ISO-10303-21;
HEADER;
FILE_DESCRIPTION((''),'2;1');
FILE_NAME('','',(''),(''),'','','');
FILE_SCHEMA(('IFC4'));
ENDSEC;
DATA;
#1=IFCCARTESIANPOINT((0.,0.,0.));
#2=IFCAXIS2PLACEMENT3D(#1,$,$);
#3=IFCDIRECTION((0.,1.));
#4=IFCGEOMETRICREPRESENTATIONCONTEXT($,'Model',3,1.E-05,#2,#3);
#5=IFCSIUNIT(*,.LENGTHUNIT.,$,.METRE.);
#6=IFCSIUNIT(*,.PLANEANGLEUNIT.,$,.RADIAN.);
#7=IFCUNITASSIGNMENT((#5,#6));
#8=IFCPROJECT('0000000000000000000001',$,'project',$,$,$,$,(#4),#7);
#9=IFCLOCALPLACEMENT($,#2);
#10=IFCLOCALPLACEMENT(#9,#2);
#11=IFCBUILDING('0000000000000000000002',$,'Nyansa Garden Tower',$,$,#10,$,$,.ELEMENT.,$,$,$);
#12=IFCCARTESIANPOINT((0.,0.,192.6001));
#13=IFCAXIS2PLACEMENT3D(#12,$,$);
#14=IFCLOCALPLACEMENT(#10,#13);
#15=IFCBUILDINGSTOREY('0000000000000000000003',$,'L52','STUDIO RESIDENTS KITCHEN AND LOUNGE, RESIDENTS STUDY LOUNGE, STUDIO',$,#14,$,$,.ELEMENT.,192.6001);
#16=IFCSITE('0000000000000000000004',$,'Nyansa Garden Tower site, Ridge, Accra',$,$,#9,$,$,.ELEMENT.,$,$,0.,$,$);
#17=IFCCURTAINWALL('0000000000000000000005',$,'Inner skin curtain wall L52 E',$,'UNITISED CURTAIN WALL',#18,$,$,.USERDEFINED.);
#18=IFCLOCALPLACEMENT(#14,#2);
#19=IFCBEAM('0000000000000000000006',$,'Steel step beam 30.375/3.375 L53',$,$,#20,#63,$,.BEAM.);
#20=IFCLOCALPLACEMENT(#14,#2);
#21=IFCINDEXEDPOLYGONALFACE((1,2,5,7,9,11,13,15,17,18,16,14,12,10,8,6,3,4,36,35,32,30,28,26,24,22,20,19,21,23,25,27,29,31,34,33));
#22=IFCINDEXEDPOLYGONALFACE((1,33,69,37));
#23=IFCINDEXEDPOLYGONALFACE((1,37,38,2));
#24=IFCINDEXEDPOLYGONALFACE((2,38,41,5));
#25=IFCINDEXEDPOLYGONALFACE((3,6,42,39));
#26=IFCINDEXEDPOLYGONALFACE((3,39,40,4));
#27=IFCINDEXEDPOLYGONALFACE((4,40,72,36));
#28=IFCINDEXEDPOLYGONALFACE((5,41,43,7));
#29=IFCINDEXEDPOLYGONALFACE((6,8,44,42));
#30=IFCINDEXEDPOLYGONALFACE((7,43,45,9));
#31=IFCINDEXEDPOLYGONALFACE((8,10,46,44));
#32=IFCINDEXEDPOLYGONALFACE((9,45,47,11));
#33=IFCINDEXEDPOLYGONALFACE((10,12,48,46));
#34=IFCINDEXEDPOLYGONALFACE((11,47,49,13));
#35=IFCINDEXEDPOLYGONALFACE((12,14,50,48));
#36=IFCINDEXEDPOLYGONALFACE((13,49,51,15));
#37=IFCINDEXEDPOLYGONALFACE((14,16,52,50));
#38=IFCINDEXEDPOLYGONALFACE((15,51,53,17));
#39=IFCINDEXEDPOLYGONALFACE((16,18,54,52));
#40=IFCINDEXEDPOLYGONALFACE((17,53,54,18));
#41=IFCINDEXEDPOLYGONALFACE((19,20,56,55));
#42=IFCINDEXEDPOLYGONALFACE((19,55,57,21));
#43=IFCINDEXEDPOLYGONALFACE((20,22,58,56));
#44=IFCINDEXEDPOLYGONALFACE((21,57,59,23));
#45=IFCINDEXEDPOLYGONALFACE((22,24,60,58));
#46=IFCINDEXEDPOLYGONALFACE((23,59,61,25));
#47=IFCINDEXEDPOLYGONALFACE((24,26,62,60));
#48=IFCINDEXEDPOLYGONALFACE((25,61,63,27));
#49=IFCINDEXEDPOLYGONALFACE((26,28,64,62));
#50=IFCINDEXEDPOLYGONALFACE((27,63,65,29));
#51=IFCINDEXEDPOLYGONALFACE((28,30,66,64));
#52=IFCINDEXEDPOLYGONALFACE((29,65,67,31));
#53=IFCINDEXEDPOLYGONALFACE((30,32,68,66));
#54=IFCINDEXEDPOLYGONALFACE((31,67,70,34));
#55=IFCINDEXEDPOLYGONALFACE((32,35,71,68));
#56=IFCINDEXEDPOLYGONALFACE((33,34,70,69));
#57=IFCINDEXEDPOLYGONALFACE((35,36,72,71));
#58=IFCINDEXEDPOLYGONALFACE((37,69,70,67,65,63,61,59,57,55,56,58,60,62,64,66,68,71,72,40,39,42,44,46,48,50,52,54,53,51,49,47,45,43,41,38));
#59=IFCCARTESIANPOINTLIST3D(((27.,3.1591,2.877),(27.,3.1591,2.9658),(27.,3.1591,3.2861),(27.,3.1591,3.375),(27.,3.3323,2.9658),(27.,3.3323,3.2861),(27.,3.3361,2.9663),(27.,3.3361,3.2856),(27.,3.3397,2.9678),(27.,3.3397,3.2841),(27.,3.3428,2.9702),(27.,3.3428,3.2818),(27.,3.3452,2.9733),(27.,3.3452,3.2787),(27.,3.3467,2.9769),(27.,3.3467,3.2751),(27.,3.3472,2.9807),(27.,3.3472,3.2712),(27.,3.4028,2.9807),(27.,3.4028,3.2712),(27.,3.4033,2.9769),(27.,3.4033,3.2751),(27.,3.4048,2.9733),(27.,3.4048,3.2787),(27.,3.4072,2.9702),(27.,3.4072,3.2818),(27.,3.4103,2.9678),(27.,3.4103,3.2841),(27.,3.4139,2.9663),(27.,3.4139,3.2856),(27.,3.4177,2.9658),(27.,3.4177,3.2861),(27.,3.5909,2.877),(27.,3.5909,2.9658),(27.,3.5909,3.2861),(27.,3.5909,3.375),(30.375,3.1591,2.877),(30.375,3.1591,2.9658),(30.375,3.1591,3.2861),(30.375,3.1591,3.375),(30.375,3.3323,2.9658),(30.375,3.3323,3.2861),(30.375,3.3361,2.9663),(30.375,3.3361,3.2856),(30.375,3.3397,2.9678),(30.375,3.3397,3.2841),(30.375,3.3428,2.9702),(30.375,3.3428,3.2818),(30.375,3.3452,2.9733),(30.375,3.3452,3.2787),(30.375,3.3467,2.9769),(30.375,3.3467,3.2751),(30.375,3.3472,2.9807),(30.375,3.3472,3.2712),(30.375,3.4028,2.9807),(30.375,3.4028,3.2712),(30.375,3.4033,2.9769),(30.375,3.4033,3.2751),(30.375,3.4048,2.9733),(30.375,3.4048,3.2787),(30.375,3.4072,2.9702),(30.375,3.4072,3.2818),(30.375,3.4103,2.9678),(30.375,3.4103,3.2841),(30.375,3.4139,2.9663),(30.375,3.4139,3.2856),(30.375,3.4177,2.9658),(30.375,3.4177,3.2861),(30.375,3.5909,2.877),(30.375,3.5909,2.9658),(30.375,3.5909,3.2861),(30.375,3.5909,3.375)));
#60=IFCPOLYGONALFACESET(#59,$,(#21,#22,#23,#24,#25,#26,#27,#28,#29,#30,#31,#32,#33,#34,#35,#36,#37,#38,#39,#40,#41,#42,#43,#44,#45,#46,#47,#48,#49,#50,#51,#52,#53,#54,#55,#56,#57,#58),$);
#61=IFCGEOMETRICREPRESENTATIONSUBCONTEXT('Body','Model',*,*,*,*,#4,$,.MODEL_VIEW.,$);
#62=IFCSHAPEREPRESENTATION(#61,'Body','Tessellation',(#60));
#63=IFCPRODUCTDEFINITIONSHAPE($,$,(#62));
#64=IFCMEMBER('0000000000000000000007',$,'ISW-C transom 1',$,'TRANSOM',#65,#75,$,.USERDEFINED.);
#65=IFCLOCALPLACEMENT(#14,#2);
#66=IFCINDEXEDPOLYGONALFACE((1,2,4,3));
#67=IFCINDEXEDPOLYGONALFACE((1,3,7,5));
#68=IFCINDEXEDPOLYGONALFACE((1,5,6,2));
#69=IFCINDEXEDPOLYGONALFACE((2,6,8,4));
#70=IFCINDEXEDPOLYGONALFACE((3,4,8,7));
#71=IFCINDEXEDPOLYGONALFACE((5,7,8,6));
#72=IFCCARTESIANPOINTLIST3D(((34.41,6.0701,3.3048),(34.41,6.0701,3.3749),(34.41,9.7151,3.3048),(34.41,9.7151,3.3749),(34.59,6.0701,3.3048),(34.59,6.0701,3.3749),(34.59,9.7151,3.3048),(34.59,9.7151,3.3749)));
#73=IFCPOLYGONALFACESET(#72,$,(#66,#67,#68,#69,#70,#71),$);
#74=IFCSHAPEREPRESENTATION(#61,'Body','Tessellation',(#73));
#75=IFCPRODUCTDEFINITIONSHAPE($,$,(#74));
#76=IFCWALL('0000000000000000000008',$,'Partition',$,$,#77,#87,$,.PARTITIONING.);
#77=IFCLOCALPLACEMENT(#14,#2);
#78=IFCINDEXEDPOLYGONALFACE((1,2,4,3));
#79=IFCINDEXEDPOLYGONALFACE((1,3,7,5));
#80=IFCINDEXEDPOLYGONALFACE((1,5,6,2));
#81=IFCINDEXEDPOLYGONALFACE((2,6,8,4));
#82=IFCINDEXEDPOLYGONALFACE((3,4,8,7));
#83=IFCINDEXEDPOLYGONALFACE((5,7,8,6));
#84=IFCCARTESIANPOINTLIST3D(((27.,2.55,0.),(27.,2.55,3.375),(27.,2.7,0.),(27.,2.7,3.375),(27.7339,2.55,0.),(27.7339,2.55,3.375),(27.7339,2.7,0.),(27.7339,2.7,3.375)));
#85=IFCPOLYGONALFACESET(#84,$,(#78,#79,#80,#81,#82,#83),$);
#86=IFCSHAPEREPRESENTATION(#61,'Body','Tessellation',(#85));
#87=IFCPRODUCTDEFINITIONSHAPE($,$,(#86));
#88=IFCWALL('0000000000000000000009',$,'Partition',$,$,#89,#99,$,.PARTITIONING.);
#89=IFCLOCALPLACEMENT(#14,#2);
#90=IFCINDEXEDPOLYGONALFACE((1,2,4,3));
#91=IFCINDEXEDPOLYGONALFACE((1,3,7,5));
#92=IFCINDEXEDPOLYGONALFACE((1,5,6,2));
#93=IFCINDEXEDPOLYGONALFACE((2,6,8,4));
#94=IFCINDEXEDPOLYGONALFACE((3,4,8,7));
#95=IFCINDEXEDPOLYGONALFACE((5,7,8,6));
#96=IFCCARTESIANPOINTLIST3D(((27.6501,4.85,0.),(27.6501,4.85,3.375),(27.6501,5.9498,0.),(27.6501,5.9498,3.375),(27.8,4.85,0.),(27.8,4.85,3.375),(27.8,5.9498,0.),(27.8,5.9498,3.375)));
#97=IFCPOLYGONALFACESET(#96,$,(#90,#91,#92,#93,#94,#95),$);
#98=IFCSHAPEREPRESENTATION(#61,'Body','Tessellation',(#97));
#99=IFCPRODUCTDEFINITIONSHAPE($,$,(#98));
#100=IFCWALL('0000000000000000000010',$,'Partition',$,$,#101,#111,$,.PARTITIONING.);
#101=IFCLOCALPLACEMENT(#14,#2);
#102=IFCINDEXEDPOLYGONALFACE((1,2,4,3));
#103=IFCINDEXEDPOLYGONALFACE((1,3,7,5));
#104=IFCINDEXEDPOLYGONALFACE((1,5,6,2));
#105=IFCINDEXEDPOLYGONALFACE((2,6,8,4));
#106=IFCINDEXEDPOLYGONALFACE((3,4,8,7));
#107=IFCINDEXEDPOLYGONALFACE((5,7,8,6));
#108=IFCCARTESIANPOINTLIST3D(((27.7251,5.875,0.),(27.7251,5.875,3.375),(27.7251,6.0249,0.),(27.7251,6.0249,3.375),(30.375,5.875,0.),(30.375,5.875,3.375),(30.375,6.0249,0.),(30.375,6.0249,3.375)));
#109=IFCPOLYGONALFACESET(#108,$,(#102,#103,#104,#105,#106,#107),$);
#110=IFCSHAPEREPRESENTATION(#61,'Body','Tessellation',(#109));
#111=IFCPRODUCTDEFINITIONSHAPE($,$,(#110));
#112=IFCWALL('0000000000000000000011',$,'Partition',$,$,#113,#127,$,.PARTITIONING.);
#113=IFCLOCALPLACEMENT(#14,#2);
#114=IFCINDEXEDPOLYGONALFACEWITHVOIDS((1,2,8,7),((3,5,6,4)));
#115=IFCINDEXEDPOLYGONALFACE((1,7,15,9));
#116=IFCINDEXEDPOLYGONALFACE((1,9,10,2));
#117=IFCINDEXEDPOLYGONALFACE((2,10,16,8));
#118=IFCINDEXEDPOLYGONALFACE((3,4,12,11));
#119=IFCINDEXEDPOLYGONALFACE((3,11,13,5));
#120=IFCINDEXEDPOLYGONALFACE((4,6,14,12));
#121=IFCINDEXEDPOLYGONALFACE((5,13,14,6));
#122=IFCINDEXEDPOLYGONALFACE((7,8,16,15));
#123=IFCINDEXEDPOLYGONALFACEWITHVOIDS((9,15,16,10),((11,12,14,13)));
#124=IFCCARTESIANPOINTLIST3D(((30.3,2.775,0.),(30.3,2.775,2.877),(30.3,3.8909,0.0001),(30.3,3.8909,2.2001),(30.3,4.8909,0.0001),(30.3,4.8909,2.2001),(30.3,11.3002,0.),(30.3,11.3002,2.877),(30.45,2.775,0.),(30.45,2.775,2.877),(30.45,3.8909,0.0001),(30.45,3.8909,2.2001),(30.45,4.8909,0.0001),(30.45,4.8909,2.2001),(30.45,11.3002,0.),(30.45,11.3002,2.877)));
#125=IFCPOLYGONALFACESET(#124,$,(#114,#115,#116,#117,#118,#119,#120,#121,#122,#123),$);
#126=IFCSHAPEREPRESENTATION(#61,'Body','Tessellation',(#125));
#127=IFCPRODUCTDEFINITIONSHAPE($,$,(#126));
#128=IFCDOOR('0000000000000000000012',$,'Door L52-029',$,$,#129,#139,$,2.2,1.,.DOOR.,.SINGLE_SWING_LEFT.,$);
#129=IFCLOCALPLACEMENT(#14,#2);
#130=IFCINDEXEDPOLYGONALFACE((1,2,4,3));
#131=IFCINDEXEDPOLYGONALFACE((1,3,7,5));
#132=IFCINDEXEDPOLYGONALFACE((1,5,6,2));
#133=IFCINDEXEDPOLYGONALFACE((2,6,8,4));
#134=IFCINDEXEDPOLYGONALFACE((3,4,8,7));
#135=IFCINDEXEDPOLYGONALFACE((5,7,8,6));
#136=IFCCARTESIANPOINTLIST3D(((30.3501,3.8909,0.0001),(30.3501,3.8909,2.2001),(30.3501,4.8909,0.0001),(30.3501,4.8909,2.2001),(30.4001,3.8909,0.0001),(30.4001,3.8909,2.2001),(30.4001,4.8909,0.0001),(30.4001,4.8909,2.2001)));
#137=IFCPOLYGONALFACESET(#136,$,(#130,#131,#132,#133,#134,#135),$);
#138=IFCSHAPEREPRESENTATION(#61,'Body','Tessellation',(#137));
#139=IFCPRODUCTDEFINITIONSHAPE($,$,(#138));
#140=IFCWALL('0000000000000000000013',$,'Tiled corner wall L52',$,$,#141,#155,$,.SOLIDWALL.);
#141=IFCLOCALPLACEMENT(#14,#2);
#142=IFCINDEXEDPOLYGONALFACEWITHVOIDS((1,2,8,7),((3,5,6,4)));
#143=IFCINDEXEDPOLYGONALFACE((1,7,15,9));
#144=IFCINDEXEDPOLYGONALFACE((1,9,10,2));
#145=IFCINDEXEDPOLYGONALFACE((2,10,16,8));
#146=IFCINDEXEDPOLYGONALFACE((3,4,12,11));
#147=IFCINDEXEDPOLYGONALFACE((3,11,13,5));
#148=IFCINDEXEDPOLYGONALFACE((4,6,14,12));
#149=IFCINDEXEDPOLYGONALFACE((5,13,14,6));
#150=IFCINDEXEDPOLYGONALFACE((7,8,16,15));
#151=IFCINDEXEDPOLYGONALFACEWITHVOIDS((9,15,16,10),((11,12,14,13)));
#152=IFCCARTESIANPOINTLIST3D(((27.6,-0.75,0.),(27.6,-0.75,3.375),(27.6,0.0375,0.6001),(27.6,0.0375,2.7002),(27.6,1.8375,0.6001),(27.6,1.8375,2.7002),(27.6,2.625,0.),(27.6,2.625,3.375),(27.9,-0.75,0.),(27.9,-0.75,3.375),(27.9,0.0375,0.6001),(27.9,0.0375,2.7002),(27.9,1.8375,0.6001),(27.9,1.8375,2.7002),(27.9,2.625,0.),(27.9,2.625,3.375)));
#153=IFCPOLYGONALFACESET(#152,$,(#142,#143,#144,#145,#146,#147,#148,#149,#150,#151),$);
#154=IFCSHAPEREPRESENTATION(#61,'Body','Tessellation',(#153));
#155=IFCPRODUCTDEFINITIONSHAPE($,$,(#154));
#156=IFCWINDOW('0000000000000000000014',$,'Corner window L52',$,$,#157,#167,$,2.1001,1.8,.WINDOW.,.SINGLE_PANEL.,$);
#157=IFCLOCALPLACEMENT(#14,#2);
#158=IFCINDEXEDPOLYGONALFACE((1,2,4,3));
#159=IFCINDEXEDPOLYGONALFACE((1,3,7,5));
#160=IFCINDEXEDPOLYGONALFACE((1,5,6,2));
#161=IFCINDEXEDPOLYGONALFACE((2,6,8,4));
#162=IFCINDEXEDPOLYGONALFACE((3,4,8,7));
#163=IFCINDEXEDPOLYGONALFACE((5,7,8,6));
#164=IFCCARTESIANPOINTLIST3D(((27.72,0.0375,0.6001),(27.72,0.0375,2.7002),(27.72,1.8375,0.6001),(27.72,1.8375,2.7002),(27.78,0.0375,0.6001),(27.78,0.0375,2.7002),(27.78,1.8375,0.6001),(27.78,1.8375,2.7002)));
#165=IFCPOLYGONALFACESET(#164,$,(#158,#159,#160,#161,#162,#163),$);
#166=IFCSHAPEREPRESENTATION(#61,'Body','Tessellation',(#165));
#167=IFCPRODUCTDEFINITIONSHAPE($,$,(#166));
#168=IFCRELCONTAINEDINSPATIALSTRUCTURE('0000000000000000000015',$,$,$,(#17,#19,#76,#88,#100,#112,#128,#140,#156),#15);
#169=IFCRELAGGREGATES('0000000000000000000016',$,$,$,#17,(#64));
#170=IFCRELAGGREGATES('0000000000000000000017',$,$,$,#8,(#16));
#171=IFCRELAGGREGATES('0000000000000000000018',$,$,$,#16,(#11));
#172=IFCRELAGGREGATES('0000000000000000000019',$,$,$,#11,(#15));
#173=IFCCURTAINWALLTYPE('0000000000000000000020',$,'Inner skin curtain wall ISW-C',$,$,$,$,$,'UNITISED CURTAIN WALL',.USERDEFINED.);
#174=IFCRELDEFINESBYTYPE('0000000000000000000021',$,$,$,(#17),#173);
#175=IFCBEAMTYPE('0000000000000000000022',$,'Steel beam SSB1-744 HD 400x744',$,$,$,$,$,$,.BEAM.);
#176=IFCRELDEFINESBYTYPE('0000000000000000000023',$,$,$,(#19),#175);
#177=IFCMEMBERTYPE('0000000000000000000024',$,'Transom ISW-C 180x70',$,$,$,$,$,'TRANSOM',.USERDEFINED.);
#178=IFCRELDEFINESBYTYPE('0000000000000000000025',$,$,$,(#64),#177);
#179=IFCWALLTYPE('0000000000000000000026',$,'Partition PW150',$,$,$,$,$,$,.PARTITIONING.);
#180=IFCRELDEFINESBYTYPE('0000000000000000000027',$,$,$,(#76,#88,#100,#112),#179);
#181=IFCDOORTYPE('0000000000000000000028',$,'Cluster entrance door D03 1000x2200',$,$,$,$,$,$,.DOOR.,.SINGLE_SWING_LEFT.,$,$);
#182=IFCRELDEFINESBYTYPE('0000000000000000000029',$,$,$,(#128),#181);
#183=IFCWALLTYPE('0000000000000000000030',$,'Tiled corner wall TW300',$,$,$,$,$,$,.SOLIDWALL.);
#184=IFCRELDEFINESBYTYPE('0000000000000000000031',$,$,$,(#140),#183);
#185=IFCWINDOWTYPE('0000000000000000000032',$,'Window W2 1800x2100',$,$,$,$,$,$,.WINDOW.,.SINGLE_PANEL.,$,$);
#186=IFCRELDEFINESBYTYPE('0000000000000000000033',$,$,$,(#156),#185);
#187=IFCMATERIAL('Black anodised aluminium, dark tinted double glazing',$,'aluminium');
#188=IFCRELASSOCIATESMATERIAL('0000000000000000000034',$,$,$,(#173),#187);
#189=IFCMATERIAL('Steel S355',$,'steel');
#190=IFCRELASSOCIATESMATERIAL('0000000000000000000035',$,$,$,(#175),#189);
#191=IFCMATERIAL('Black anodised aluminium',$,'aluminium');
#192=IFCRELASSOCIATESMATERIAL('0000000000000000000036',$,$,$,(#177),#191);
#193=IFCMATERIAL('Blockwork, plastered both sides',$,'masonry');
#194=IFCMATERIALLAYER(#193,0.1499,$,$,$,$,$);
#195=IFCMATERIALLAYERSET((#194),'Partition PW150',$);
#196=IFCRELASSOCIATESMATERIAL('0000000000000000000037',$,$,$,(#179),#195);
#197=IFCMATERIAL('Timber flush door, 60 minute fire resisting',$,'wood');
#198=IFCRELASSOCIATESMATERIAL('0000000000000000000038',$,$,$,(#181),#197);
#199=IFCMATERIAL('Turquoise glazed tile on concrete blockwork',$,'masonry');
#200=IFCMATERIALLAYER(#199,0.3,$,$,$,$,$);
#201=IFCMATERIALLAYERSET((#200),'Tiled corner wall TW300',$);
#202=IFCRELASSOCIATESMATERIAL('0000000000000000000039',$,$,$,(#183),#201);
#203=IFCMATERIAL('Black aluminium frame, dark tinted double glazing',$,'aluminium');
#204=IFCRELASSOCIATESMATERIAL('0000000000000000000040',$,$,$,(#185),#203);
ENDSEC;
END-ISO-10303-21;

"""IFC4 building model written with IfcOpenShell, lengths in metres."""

from ifc_helpers import new_model, si_unit, direction, frame, frame_2d, origin, origin_2d, place, context, subcontext, project, spatial, rectangle, i_section, extrude, material, layer, layer_set, material_profile, profile_set, type_object, element, fill, aggregate, save


model = new_model("IFC4")

# Units and contexts
model_context = context("Model", 3, precision=1e-05, world=origin(), true_north=direction((0.0, 1.0)))
body_context = subcontext(model_context, "Body", "Model", "MODEL_VIEW")
ifc_project = project(units=[si_unit("LENGTHUNIT", "METRE"), si_unit("PLANEANGLEUNIT", "RADIAN")], contexts=[model_context])

# Site, building, storey
site_placement = place(None, origin())
site = spatial("IfcSite", under=ifc_project, at=site_placement, Name="Nyansa Garden Tower site, Ridge, Accra", CompositionType="ELEMENT", RefElevation=0.0)
building_placement = place(site_placement, origin())
building = spatial("IfcBuilding", under=site, at=building_placement, Name="Nyansa Garden Tower", CompositionType="ELEMENT")
storey_placement = place(building_placement, frame((0.0, 0.0, 192.6001)))
storey = spatial("IfcBuildingStorey", under=building, at=storey_placement, Name="L52", Description="STUDIO RESIDENTS KITCHEN AND LOUNGE, RESIDENTS STUDY LOUNGE, STUDIO", CompositionType="ELEMENT", Elevation=192.6001)

# Curtain wall
ifc_material_1 = material(Name="Black anodised aluminium, dark tinted double glazing", Category="aluminium")
curtain_wall_type = type_object("IfcCurtainWallType", Name="Inner skin curtain wall ISW-C", ElementType="UNITISED CURTAIN WALL", PredefinedType="USERDEFINED", material=ifc_material_1)
curtain_wall_1_placement = place(storey_placement, origin())
curtain_wall_1 = element("IfcCurtainWall", 1, at=curtain_wall_1_placement, inside=storey, type_object=curtain_wall_type, Name="Inner skin curtain wall L52 E", ObjectType="UNITISED CURTAIN WALL", PredefinedType="USERDEFINED")

# Beam
ifc_material_2 = material(Name="Steel S355", Category="steel")
ifc_material_profile_1 = material_profile(ifc_material_2, i_section(OverallWidth=0.4319, OverallDepth=0.498, WebThickness=0.0557, FlangeThickness=0.0889, FilletRadius=0.0149, at=origin_2d()), Name="HD 400x744")
ifc_profile_set_1 = profile_set([ifc_material_profile_1], Name="Steel S355")
beam_type_1 = type_object("IfcBeamType", Name="Steel beam SSB1-744 HD 400x744", PredefinedType="BEAM", material=ifc_profile_set_1)
for number, where, z_axis, x_axis, name in (
    (2, (30.375, 3.375, 3.126), (-1.0, 0.0, 0.0), (0.0, -1.0, 0.0), "Steel step beam 30.375/3.375 L53"),
):
    element("IfcBeam", number, at=place(storey_placement, frame(where, z_axis=z_axis, x_axis=x_axis)), inside=storey, type_object=beam_type_1, Name=name, PredefinedType="BEAM", context=body_context, shape_type="SweptSolid", body=[
        extrude(i_section(OverallWidth=0.4319, OverallDepth=0.498, WebThickness=0.0557, FlangeThickness=0.0889, FilletRadius=0.0149, at=origin_2d()), origin(), (0.0, 0.0, 1.0), 3.375),
    ])

# Member
ifc_material_3 = material(Name="Black anodised aluminium", Category="aluminium")
ifc_material_profile_2 = material_profile(ifc_material_3, rectangle(XDim=0.1799, YDim=0.0701, at=origin_2d()), Name="Transom 180x70")
ifc_profile_set_2 = profile_set([ifc_material_profile_2], Name="Black anodised aluminium")
member_type_1 = type_object("IfcMemberType", Name="Transom ISW-C 180x70", ElementType="TRANSOM", PredefinedType="USERDEFINED", material=ifc_profile_set_2)
member_1_placement = place(storey_placement, frame((34.5, 6.0701, 3.3398), z_axis=(0.0, 1.0, 0.0), x_axis=(-1.0, 0.0, 0.0)))
member_1 = element("IfcMember", 3, at=member_1_placement, type_object=member_type_1, Name="ISW-C transom 1", ObjectType="TRANSOM", PredefinedType="USERDEFINED", context=body_context, shape_type="SweptSolid", body=[
    extrude(rectangle(XDim=0.1799, YDim=0.0701, at=origin_2d()), origin(), (0.0, 0.0, 1.0), 3.645),
])
aggregate(curtain_wall_1, [member_1])

# Walls
ifc_material_4 = material(Name="Blockwork, plastered both sides", Category="masonry")
ifc_layer_1 = layer(ifc_material_4, 0.1499)
ifc_layer_set_1 = layer_set([ifc_layer_1], Name="Partition PW150")
wall_type_1 = type_object("IfcWallType", Name="Partition PW150", PredefinedType="PARTITIONING", material=ifc_layer_set_1)
wall_1_placement = place(storey_placement, frame((27.0, 2.625, 0.0), z_axis=(0.0, 0.0, 1.0), x_axis=(1.0, 0.0, 0.0)))
element("IfcWall", 4, at=wall_1_placement, inside=storey, type_object=wall_type_1, Name="Partition", PredefinedType="PARTITIONING", context=body_context, shape_type="SweptSolid", body=[
    extrude(rectangle(XDim=0.7339, YDim=0.1499, at=frame_2d((0.3669, 0.0))), origin(), (0.0, 0.0, 1.0), 3.375),
])
wall_2_placement = place(storey_placement, frame((27.7251, 4.8501, 0.0), z_axis=(0.0, 0.0, 1.0), x_axis=(0.0, 1.0, 0.0)))
element("IfcWall", 5, at=wall_2_placement, inside=storey, type_object=wall_type_1, Name="Partition", PredefinedType="PARTITIONING", context=body_context, shape_type="SweptSolid", body=[
    extrude(rectangle(XDim=1.0999, YDim=0.1499, at=frame_2d((0.5498, 0.0))), origin(), (0.0, 0.0, 1.0), 3.375),
])
wall_3_placement = place(storey_placement, frame((27.7251, 5.95, 0.0), z_axis=(0.0, 0.0, 1.0), x_axis=(1.0, 0.0, 0.0)))
element("IfcWall", 6, at=wall_3_placement, inside=storey, type_object=wall_type_1, Name="Partition", PredefinedType="PARTITIONING", context=body_context, shape_type="SweptSolid", body=[
    extrude(rectangle(XDim=2.6499, YDim=0.1499, at=frame_2d((1.325, 0.0))), origin(), (0.0, 0.0, 1.0), 3.375),
])

# Wall, opening, door
wall_4_placement = place(storey_placement, frame((30.375, 2.7749, 0.0), z_axis=(0.0, 0.0, 1.0), x_axis=(0.0, 1.0, 0.0)))
wall_4 = element("IfcWall", 7, at=wall_4_placement, inside=storey, type_object=wall_type_1, Name="Partition", PredefinedType="PARTITIONING", context=body_context, shape_type="SweptSolid", body=[
    extrude(rectangle(XDim=8.5251, YDim=0.1499, at=frame_2d((4.2627, 0.0))), origin(), (0.0, 0.0, 1.0), 2.877),
])
opening_1_placement = place(wall_4_placement, frame((1.116, 0.0, 0.0)))
opening_1 = element("IfcOpeningElement", 8, at=opening_1_placement, cuts=wall_4, PredefinedType="OPENING", context=body_context, shape_type="SweptSolid", body=[
    extrude(rectangle(XDim=1.0, YDim=2.2, at=frame_2d((0.5, 1.1001))), frame((0.0, 0.085, 0.0), z_axis=(0.0, -1.0, 0.0), x_axis=(1.0, 0.0, 0.0)), (0.0, 0.0, 1.0), 0.1699),
])
ifc_material_5 = material(Name="Timber flush door, 60 minute fire resisting", Category="wood")
door_type = type_object("IfcDoorType", Name="Cluster entrance door D03 1000x2200", OperationType="SINGLE_SWING_LEFT", PredefinedType="DOOR", material=ifc_material_5)
door_placement = place(opening_1_placement, origin())
door = element("IfcDoor", 9, at=door_placement, inside=storey, type_object=door_type, Name="Door L52-029", OperationType="SINGLE_SWING_LEFT", OverallHeight=2.2, OverallWidth=1.0, PredefinedType="DOOR", context=body_context, shape_type="SweptSolid", body=[
    extrude(rectangle(XDim=1.0, YDim=2.2, at=frame_2d((0.5, 1.1001))), frame((0.0, 0.0249, 0.0), z_axis=(0.0, -1.0, 0.0), x_axis=(1.0, 0.0, 0.0)), (0.0, 0.0, 1.0), 0.05),
])
fill(opening_1, door)

# Wall, opening, window
ifc_material_6 = material(Name="Turquoise glazed tile on concrete blockwork", Category="masonry")
ifc_layer_2 = layer(ifc_material_6, 0.3)
ifc_layer_set_2 = layer_set([ifc_layer_2], Name="Tiled corner wall TW300")
wall_type_2 = type_object("IfcWallType", Name="Tiled corner wall TW300", PredefinedType="SOLIDWALL", material=ifc_layer_set_2)
wall_5_placement = place(storey_placement, frame((27.75, -0.75, 0.0), z_axis=(0.0, 0.0, 1.0), x_axis=(0.0, 1.0, 0.0)))
wall_5 = element("IfcWall", 10, at=wall_5_placement, inside=storey, type_object=wall_type_2, Name="Tiled corner wall L52", PredefinedType="SOLIDWALL", context=body_context, shape_type="SweptSolid", body=[
    extrude(rectangle(XDim=3.375, YDim=0.3, at=frame_2d((1.6875, 0.0))), origin(), (0.0, 0.0, 1.0), 3.375),
])
opening_2_placement = place(wall_5_placement, frame((0.7876, 0.0, 0.6001)))
opening_2 = element("IfcOpeningElement", 11, at=opening_2_placement, cuts=wall_5, PredefinedType="OPENING", context=body_context, shape_type="SweptSolid", body=[
    extrude(rectangle(XDim=1.8, YDim=2.1001, at=frame_2d((0.8999, 1.05))), frame((0.0, 0.1599, 0.0), z_axis=(0.0, -1.0, 0.0), x_axis=(1.0, 0.0, 0.0)), (0.0, 0.0, 1.0), 0.3201),
])
ifc_material_7 = material(Name="Black aluminium frame, dark tinted double glazing", Category="aluminium")
window_type = type_object("IfcWindowType", Name="Window W2 1800x2100", PartitioningType="SINGLE_PANEL", PredefinedType="WINDOW", material=ifc_material_7)
window_1_placement = place(opening_2_placement, origin())
window_1 = element("IfcWindow", 12, at=window_1_placement, inside=storey, type_object=window_type, Name="Corner window L52", OverallHeight=2.1001, OverallWidth=1.8, PartitioningType="SINGLE_PANEL", PredefinedType="WINDOW", context=body_context, shape_type="SweptSolid", body=[
    extrude(rectangle(XDim=1.8, YDim=2.1001, at=frame_2d((0.8999, 1.05))), frame((0.0, 0.03, 0.0), z_axis=(0.0, -1.0, 0.0), x_axis=(1.0, 0.0, 0.0)), (0.0, 0.0, 1.0), 0.0601),
])
fill(opening_2, window_1)

save(model, "model.ifc")
